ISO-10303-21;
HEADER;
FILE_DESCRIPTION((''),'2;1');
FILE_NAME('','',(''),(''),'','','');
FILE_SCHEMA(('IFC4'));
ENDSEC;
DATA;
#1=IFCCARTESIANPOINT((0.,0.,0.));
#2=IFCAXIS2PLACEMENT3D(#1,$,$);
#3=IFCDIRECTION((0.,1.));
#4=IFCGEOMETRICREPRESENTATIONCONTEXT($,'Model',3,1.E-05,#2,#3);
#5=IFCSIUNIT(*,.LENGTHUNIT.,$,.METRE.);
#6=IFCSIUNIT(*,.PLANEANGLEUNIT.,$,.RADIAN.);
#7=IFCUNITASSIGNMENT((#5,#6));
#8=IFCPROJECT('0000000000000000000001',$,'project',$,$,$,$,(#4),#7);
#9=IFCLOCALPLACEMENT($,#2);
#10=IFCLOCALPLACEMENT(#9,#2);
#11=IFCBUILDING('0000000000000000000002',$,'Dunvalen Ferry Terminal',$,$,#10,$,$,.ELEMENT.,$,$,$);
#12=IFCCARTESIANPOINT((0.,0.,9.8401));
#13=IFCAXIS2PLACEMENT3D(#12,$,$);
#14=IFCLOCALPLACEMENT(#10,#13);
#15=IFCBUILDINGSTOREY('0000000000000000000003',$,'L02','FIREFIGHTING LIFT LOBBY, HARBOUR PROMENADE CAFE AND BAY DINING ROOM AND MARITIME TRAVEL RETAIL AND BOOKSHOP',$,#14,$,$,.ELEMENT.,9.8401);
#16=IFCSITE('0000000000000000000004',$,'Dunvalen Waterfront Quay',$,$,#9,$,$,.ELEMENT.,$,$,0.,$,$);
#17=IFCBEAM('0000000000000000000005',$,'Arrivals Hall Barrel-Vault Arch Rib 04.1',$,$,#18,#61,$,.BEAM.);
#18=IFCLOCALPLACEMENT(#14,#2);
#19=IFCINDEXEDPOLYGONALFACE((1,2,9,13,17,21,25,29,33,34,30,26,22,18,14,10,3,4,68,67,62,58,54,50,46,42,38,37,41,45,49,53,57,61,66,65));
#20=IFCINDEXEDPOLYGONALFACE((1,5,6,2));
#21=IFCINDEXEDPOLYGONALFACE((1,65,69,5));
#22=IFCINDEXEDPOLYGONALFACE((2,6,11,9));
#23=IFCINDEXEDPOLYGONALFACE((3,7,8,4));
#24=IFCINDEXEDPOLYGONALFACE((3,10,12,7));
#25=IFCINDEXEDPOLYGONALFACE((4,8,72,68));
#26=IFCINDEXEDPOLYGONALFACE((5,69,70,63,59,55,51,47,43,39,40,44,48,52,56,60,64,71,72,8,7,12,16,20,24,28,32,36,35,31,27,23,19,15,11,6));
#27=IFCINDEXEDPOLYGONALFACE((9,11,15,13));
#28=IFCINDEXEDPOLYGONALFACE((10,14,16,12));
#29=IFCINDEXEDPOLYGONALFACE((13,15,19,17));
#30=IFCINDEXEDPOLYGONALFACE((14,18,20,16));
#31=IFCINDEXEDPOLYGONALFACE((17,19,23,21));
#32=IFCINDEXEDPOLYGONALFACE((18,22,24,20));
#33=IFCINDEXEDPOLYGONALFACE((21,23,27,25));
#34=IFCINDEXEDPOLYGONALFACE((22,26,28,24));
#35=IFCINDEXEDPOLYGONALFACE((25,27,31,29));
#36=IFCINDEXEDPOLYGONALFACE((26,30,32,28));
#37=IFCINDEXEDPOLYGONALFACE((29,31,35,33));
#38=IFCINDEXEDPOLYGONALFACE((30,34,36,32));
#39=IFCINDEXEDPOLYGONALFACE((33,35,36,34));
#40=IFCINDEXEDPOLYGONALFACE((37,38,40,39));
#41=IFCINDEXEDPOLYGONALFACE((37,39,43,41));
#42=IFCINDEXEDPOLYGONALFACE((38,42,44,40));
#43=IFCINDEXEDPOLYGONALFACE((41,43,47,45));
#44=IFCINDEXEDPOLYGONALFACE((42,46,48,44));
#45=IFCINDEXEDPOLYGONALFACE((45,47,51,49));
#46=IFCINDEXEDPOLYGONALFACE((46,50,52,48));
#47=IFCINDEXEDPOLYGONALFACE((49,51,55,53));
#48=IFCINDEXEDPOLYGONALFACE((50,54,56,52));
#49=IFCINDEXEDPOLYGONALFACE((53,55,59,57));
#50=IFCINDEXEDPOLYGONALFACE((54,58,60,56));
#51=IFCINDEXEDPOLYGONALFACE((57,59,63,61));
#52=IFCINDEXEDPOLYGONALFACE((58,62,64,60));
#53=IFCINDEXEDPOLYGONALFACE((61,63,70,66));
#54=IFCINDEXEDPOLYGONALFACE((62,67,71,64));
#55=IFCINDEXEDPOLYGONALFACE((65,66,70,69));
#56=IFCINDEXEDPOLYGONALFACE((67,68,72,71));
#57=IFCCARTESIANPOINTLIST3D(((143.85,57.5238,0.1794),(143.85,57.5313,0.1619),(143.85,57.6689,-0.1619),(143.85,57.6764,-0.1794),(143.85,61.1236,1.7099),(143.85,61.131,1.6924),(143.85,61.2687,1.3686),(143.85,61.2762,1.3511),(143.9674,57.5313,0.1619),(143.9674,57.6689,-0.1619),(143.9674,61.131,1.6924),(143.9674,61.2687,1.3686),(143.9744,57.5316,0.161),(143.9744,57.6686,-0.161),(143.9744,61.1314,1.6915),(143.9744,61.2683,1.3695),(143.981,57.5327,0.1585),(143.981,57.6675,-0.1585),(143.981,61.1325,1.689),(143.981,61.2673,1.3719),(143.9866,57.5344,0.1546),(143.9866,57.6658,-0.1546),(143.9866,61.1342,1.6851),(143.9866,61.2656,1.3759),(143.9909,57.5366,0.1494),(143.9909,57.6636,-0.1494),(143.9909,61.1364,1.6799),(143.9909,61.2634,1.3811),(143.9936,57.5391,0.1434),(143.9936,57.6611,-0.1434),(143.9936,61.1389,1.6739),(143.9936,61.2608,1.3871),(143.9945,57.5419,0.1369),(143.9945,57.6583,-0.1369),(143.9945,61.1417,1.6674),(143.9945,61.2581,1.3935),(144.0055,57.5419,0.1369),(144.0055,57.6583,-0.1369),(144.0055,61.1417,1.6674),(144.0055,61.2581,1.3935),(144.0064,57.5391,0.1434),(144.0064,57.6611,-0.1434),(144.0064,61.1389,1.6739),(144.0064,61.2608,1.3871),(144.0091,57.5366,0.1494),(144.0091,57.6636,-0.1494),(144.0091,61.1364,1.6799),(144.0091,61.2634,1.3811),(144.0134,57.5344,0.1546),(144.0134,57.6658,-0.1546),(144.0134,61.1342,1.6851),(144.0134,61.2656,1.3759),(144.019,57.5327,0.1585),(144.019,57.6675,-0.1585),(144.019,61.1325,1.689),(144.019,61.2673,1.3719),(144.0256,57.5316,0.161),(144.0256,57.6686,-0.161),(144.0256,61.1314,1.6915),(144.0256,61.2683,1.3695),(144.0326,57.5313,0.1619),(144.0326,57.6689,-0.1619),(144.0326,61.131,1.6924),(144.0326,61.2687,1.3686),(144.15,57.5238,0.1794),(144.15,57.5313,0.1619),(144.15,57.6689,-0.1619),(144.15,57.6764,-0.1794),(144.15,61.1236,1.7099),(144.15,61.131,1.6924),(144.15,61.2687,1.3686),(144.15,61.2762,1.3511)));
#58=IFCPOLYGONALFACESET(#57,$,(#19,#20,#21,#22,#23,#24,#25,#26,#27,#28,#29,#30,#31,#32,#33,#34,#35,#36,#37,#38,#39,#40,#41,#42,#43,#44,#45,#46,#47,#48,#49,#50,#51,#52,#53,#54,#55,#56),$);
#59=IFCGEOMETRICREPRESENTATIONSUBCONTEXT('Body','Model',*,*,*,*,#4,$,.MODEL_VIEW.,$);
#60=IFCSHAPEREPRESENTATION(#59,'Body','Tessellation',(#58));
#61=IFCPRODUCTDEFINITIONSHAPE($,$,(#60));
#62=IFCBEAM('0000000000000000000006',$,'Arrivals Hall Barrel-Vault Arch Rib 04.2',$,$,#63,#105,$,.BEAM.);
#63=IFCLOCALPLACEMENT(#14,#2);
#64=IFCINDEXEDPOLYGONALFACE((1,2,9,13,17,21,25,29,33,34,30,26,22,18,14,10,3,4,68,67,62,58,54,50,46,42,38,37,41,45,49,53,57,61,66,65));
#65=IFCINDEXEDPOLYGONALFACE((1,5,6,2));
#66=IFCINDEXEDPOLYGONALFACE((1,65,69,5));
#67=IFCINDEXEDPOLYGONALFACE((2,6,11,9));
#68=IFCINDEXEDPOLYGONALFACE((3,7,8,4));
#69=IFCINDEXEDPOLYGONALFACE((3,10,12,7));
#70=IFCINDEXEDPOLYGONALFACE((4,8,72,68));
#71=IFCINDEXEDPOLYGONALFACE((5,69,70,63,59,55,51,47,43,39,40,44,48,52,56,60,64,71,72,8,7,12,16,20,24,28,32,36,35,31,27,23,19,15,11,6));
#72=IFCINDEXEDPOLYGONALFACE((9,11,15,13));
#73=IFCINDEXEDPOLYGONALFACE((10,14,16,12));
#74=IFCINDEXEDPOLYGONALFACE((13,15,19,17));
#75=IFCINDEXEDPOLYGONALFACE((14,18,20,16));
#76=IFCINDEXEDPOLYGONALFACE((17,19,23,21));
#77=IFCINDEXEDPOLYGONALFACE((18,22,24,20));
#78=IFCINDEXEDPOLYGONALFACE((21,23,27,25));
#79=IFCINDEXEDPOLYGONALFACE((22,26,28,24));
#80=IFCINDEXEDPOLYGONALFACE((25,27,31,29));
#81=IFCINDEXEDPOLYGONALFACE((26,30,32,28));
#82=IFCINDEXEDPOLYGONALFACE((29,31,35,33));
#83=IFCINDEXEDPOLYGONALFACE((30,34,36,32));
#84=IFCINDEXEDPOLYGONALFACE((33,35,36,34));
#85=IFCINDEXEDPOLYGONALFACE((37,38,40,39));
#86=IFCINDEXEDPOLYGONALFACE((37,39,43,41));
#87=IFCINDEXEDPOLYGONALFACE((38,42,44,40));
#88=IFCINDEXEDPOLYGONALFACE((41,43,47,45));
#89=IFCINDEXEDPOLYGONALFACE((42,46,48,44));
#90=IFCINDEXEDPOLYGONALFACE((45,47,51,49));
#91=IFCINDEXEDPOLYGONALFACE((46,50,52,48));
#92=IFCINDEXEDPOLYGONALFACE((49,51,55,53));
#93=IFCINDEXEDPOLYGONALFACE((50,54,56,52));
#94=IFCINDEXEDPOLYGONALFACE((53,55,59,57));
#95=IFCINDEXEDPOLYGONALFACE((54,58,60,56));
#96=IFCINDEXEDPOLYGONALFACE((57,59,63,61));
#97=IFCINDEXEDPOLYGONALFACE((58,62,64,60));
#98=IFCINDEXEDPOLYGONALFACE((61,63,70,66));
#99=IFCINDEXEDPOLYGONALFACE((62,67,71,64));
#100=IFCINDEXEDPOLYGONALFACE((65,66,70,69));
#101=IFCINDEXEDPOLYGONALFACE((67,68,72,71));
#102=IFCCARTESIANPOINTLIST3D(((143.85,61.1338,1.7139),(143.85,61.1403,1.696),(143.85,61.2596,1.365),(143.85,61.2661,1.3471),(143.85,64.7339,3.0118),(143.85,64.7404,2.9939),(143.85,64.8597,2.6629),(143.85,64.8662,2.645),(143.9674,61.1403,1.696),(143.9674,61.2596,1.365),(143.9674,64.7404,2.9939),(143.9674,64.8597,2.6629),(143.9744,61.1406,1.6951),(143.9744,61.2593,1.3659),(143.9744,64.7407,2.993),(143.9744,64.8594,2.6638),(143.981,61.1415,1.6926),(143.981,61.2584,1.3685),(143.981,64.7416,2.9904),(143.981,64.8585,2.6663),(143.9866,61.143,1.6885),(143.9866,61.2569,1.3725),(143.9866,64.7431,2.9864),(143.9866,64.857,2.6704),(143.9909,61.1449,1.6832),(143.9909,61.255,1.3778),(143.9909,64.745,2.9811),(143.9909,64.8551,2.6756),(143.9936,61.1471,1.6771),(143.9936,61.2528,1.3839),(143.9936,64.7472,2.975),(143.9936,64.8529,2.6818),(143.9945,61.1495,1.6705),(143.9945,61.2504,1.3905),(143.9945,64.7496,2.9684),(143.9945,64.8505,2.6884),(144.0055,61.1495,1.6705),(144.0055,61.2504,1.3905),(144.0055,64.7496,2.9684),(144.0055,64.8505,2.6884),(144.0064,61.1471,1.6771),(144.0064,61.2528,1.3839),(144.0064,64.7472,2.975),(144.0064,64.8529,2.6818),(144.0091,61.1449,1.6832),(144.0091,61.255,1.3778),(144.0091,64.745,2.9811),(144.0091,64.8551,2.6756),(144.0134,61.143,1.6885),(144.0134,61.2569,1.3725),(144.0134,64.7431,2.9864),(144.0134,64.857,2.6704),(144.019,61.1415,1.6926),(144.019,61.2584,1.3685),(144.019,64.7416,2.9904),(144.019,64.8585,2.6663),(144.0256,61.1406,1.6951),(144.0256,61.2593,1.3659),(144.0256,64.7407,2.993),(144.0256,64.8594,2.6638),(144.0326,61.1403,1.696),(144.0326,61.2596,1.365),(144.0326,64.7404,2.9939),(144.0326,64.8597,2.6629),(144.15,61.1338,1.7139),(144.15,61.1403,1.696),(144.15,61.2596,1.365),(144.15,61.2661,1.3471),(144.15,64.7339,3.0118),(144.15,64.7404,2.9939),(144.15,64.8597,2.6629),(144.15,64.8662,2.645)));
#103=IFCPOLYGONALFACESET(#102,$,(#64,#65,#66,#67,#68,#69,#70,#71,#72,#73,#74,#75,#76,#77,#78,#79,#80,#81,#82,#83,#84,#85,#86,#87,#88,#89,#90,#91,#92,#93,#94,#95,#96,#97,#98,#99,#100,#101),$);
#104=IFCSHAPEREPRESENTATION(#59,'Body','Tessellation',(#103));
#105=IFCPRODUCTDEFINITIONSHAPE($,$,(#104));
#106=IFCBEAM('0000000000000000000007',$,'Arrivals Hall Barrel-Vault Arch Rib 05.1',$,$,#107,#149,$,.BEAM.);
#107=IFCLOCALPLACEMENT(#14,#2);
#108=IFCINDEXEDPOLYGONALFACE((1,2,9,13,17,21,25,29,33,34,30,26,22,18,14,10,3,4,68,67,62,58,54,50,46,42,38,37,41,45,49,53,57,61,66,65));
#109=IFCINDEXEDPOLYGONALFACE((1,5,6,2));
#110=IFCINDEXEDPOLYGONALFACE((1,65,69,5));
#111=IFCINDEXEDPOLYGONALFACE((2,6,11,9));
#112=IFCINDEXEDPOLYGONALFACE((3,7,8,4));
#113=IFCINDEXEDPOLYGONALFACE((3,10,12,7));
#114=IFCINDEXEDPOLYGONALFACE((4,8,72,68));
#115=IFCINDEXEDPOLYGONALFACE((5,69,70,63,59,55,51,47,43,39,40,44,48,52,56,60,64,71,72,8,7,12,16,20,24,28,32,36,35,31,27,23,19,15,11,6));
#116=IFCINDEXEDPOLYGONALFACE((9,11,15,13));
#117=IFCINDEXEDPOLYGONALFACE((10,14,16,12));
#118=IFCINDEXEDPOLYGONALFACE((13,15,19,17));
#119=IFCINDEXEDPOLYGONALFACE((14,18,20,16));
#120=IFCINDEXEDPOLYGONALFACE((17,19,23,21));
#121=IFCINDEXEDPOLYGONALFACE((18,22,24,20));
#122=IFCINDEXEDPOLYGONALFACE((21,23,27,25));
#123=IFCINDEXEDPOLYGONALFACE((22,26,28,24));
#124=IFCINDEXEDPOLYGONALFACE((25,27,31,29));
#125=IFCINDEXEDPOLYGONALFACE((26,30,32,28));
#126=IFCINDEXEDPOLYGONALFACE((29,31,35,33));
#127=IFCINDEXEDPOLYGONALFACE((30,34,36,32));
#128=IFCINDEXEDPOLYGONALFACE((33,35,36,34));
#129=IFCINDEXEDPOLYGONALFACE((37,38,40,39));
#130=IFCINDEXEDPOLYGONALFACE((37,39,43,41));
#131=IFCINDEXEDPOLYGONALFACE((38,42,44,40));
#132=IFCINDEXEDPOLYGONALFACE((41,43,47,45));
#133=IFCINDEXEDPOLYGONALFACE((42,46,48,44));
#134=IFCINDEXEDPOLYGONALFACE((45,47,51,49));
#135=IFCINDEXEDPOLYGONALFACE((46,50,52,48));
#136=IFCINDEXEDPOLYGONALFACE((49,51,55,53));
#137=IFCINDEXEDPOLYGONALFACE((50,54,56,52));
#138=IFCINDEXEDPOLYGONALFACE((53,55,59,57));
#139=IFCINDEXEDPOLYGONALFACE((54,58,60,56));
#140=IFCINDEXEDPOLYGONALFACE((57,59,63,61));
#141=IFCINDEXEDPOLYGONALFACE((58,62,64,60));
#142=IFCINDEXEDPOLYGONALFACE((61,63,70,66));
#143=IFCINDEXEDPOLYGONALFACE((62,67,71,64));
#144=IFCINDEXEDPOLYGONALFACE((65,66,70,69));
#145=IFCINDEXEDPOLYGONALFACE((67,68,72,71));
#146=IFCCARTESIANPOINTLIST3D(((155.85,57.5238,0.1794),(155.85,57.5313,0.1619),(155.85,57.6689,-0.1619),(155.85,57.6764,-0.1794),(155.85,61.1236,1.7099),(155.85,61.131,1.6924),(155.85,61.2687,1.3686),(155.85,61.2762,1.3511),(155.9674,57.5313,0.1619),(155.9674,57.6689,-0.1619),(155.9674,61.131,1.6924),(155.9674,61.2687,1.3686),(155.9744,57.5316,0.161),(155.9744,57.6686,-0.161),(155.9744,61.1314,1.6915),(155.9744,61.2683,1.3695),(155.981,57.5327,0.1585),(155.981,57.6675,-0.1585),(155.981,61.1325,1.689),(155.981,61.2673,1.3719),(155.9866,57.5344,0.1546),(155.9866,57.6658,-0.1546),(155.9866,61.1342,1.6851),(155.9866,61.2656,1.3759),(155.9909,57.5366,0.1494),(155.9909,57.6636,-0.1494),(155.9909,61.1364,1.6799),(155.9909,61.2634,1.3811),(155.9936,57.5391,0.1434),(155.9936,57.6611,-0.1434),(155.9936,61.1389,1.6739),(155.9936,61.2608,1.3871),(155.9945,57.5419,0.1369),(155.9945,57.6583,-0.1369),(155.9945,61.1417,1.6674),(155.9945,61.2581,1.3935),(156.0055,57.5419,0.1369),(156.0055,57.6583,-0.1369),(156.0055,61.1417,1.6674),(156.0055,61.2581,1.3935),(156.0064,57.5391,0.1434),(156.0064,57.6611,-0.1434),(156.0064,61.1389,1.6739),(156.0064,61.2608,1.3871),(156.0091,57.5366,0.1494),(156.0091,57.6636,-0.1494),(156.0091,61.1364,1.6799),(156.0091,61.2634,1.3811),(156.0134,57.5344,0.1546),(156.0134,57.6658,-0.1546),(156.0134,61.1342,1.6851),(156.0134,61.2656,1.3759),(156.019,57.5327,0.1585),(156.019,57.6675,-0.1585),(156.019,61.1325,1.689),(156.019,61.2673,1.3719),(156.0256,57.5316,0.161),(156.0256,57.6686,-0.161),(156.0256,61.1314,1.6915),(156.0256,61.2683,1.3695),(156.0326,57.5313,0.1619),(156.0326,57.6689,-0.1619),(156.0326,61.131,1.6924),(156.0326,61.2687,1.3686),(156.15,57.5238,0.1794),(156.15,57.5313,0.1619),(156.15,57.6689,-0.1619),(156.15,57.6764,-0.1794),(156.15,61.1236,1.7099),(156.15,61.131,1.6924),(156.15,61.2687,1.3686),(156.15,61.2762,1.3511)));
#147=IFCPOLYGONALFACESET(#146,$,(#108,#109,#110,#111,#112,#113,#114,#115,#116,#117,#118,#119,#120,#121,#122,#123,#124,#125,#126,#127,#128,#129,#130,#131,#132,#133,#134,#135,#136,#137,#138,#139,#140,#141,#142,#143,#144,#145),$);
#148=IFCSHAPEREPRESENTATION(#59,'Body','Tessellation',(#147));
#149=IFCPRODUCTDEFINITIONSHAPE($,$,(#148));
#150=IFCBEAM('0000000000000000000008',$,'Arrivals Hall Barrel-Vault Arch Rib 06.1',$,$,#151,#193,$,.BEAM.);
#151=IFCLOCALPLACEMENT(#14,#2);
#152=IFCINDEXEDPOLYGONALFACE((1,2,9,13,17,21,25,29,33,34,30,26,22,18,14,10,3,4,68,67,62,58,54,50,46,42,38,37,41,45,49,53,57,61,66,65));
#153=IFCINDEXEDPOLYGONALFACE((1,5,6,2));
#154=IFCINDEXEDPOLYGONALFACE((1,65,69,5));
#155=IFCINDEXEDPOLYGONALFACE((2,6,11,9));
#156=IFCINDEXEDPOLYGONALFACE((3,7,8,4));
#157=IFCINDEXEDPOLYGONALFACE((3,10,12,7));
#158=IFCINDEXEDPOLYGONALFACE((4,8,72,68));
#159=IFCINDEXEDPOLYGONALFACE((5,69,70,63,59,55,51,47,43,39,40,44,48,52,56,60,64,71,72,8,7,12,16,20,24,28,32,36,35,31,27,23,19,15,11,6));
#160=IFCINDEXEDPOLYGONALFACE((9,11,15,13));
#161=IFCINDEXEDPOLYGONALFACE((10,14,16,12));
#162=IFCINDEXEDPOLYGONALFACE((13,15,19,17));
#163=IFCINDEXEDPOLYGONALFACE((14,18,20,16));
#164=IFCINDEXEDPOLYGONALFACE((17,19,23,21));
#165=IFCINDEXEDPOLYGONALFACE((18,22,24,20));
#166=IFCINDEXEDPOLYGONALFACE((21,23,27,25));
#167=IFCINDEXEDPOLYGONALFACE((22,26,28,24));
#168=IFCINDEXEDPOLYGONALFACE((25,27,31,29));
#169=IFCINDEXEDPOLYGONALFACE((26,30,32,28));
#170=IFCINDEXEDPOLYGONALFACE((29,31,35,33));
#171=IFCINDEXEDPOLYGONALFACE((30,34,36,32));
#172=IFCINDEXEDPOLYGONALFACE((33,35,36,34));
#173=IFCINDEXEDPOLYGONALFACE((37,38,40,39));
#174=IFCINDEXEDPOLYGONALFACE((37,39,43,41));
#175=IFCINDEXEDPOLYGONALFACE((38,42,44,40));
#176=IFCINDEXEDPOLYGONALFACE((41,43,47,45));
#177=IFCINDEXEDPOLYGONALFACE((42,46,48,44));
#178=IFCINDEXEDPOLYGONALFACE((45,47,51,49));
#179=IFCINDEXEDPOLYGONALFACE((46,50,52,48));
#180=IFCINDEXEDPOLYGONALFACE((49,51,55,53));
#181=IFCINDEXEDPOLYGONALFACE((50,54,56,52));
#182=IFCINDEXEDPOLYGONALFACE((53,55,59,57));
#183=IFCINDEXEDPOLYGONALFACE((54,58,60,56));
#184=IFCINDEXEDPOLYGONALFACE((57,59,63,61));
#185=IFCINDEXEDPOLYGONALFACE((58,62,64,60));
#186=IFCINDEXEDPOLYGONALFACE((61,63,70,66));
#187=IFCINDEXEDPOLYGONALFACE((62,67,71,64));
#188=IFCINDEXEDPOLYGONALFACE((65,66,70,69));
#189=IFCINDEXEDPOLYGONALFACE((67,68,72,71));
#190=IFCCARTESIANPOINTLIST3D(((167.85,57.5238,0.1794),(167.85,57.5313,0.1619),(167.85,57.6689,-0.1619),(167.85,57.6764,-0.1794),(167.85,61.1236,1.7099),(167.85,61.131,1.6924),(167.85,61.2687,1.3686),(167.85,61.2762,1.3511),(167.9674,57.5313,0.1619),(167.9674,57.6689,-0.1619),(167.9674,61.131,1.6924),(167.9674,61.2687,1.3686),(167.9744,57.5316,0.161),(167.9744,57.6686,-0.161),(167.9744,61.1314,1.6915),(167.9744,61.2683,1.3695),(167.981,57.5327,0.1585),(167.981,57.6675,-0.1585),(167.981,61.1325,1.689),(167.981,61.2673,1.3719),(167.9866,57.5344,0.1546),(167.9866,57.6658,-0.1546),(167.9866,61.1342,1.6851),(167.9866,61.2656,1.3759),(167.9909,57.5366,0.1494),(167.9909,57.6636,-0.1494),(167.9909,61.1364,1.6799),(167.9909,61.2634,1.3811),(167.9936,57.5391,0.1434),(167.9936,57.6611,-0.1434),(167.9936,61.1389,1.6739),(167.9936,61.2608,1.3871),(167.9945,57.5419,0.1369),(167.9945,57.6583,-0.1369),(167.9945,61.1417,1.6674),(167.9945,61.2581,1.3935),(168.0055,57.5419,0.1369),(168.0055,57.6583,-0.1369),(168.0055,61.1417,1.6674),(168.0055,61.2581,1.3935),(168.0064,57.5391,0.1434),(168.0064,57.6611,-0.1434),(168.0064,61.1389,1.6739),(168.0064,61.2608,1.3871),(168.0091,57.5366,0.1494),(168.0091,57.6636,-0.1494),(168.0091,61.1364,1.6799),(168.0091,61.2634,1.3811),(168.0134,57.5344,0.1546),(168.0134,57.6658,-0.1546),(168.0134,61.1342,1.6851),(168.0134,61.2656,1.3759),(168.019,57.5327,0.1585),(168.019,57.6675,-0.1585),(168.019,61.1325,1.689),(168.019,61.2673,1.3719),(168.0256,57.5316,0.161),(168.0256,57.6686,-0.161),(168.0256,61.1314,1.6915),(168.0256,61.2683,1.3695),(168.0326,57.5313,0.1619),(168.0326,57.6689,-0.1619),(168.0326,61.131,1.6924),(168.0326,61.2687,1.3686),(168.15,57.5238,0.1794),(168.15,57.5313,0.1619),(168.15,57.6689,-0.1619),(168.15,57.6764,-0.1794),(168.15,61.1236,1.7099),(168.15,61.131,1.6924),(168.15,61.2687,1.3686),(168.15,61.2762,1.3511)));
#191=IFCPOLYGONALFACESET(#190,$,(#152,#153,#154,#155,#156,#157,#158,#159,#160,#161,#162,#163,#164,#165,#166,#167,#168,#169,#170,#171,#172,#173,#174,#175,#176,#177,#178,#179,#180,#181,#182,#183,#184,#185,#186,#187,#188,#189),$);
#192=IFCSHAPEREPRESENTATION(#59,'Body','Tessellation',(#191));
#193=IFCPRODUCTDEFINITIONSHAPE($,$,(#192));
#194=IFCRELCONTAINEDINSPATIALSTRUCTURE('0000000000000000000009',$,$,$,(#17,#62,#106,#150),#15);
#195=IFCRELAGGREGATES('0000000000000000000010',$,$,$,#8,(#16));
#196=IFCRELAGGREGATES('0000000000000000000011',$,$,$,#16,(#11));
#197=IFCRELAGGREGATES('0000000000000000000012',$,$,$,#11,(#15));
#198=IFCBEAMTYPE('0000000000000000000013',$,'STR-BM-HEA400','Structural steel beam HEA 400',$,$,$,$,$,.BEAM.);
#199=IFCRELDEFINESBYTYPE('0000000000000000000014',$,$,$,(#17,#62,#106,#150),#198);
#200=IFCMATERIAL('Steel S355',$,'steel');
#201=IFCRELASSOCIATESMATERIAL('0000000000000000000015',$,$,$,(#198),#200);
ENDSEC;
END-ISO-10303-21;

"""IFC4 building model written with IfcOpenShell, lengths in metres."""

from ifc_helpers import new_model, si_unit, direction, frame, origin, origin_2d, place, context, subcontext, project, spatial, i_section, extrude, material, material_profile, profile_set, type_object, element, save


model = new_model("IFC4")

# Units and contexts
model_context = context("Model", 3, precision=1e-05, world=origin(), true_north=direction((0.0, 1.0)))
body_context = subcontext(model_context, "Body", "Model", "MODEL_VIEW")
ifc_project = project(units=[si_unit("LENGTHUNIT", "METRE"), si_unit("PLANEANGLEUNIT", "RADIAN")], contexts=[model_context])

# Site, building, storey
site_placement = place(None, origin())
site = spatial("IfcSite", under=ifc_project, at=site_placement, Name="Dunvalen Waterfront Quay", CompositionType="ELEMENT", RefElevation=0.0)
building_placement = place(site_placement, origin())
building = spatial("IfcBuilding", under=site, at=building_placement, Name="Dunvalen Ferry Terminal", CompositionType="ELEMENT")
storey_placement = place(building_placement, frame((0.0, 0.0, 9.8401)))
storey = spatial("IfcBuildingStorey", under=building, at=storey_placement, Name="L02", Description="FIREFIGHTING LIFT LOBBY, HARBOUR PROMENADE CAFE AND BAY DINING ROOM AND MARITIME TRAVEL RETAIL AND BOOKSHOP", CompositionType="ELEMENT", Elevation=9.8401)

# Beams
ifc_material_1 = material(Name="Steel S355", Category="steel")
ifc_material_profile_1 = material_profile(ifc_material_1, i_section(OverallWidth=0.3, OverallDepth=0.3899, WebThickness=0.011, FlangeThickness=0.019, FilletRadius=0.0271, at=origin_2d()), Name="Steel S355")
ifc_profile_set_1 = profile_set([ifc_material_profile_1], Name="Steel S355")
beam_type_1 = type_object("IfcBeamType", Name="STR-BM-HEA400", Description="Structural steel beam HEA 400", PredefinedType="BEAM", material=ifc_profile_set_1)
beam_1_placement = place(storey_placement, frame((144.0, 57.6001, 0.0), z_axis=(0.0, 0.920278, 0.391266), x_axis=(-1.0, 0.0, 0.0)))
element("IfcBeam", 1, at=beam_1_placement, inside=storey, type_object=beam_type_1, Name="Arrivals Hall Barrel-Vault Arch Rib 04.1", PredefinedType="BEAM", context=body_context, shape_type="SweptSolid", body=[
    extrude(i_section(OverallWidth=0.3, OverallDepth=0.3899, WebThickness=0.011, FlangeThickness=0.019, FilletRadius=0.0271, at=origin_2d()), origin(), (0.0, 0.0, 1.0), 3.9116),
])
beam_2_placement = place(storey_placement, frame((144.0, 61.2, 1.5305), z_axis=(0.0, 0.940736, 0.33914), x_axis=(-1.0, 0.0, 0.0)))
element("IfcBeam", 2, at=beam_2_placement, inside=storey, type_object=beam_type_1, Name="Arrivals Hall Barrel-Vault Arch Rib 04.2", PredefinedType="BEAM", context=body_context, shape_type="SweptSolid", body=[
    extrude(i_section(OverallWidth=0.3, OverallDepth=0.3899, WebThickness=0.011, FlangeThickness=0.019, FilletRadius=0.0271, at=origin_2d()), origin(), (0.0, 0.0, 1.0), 3.8269),
])
for number, where, z_axis, x_axis, name in (
    (3, (156.0, 57.6001, 0.0), (0.0, 0.920278, 0.391266), (-1.0, 0.0, 0.0), "Arrivals Hall Barrel-Vault Arch Rib 05.1"),
    (4, (168.0, 57.6001, 0.0), (0.0, 0.920278, 0.391266), (-1.0, 0.0, 0.0), "Arrivals Hall Barrel-Vault Arch Rib 06.1"),
):
    element("IfcBeam", number, at=place(storey_placement, frame(where, z_axis=z_axis, x_axis=x_axis)), inside=storey, type_object=beam_type_1, Name=name, PredefinedType="BEAM", context=body_context, shape_type="SweptSolid", body=[
        extrude(i_section(OverallWidth=0.3, OverallDepth=0.3899, WebThickness=0.011, FlangeThickness=0.019, FilletRadius=0.0271, at=origin_2d()), origin(), (0.0, 0.0, 1.0), 3.9116),
    ])

save(model, "model.ifc")
